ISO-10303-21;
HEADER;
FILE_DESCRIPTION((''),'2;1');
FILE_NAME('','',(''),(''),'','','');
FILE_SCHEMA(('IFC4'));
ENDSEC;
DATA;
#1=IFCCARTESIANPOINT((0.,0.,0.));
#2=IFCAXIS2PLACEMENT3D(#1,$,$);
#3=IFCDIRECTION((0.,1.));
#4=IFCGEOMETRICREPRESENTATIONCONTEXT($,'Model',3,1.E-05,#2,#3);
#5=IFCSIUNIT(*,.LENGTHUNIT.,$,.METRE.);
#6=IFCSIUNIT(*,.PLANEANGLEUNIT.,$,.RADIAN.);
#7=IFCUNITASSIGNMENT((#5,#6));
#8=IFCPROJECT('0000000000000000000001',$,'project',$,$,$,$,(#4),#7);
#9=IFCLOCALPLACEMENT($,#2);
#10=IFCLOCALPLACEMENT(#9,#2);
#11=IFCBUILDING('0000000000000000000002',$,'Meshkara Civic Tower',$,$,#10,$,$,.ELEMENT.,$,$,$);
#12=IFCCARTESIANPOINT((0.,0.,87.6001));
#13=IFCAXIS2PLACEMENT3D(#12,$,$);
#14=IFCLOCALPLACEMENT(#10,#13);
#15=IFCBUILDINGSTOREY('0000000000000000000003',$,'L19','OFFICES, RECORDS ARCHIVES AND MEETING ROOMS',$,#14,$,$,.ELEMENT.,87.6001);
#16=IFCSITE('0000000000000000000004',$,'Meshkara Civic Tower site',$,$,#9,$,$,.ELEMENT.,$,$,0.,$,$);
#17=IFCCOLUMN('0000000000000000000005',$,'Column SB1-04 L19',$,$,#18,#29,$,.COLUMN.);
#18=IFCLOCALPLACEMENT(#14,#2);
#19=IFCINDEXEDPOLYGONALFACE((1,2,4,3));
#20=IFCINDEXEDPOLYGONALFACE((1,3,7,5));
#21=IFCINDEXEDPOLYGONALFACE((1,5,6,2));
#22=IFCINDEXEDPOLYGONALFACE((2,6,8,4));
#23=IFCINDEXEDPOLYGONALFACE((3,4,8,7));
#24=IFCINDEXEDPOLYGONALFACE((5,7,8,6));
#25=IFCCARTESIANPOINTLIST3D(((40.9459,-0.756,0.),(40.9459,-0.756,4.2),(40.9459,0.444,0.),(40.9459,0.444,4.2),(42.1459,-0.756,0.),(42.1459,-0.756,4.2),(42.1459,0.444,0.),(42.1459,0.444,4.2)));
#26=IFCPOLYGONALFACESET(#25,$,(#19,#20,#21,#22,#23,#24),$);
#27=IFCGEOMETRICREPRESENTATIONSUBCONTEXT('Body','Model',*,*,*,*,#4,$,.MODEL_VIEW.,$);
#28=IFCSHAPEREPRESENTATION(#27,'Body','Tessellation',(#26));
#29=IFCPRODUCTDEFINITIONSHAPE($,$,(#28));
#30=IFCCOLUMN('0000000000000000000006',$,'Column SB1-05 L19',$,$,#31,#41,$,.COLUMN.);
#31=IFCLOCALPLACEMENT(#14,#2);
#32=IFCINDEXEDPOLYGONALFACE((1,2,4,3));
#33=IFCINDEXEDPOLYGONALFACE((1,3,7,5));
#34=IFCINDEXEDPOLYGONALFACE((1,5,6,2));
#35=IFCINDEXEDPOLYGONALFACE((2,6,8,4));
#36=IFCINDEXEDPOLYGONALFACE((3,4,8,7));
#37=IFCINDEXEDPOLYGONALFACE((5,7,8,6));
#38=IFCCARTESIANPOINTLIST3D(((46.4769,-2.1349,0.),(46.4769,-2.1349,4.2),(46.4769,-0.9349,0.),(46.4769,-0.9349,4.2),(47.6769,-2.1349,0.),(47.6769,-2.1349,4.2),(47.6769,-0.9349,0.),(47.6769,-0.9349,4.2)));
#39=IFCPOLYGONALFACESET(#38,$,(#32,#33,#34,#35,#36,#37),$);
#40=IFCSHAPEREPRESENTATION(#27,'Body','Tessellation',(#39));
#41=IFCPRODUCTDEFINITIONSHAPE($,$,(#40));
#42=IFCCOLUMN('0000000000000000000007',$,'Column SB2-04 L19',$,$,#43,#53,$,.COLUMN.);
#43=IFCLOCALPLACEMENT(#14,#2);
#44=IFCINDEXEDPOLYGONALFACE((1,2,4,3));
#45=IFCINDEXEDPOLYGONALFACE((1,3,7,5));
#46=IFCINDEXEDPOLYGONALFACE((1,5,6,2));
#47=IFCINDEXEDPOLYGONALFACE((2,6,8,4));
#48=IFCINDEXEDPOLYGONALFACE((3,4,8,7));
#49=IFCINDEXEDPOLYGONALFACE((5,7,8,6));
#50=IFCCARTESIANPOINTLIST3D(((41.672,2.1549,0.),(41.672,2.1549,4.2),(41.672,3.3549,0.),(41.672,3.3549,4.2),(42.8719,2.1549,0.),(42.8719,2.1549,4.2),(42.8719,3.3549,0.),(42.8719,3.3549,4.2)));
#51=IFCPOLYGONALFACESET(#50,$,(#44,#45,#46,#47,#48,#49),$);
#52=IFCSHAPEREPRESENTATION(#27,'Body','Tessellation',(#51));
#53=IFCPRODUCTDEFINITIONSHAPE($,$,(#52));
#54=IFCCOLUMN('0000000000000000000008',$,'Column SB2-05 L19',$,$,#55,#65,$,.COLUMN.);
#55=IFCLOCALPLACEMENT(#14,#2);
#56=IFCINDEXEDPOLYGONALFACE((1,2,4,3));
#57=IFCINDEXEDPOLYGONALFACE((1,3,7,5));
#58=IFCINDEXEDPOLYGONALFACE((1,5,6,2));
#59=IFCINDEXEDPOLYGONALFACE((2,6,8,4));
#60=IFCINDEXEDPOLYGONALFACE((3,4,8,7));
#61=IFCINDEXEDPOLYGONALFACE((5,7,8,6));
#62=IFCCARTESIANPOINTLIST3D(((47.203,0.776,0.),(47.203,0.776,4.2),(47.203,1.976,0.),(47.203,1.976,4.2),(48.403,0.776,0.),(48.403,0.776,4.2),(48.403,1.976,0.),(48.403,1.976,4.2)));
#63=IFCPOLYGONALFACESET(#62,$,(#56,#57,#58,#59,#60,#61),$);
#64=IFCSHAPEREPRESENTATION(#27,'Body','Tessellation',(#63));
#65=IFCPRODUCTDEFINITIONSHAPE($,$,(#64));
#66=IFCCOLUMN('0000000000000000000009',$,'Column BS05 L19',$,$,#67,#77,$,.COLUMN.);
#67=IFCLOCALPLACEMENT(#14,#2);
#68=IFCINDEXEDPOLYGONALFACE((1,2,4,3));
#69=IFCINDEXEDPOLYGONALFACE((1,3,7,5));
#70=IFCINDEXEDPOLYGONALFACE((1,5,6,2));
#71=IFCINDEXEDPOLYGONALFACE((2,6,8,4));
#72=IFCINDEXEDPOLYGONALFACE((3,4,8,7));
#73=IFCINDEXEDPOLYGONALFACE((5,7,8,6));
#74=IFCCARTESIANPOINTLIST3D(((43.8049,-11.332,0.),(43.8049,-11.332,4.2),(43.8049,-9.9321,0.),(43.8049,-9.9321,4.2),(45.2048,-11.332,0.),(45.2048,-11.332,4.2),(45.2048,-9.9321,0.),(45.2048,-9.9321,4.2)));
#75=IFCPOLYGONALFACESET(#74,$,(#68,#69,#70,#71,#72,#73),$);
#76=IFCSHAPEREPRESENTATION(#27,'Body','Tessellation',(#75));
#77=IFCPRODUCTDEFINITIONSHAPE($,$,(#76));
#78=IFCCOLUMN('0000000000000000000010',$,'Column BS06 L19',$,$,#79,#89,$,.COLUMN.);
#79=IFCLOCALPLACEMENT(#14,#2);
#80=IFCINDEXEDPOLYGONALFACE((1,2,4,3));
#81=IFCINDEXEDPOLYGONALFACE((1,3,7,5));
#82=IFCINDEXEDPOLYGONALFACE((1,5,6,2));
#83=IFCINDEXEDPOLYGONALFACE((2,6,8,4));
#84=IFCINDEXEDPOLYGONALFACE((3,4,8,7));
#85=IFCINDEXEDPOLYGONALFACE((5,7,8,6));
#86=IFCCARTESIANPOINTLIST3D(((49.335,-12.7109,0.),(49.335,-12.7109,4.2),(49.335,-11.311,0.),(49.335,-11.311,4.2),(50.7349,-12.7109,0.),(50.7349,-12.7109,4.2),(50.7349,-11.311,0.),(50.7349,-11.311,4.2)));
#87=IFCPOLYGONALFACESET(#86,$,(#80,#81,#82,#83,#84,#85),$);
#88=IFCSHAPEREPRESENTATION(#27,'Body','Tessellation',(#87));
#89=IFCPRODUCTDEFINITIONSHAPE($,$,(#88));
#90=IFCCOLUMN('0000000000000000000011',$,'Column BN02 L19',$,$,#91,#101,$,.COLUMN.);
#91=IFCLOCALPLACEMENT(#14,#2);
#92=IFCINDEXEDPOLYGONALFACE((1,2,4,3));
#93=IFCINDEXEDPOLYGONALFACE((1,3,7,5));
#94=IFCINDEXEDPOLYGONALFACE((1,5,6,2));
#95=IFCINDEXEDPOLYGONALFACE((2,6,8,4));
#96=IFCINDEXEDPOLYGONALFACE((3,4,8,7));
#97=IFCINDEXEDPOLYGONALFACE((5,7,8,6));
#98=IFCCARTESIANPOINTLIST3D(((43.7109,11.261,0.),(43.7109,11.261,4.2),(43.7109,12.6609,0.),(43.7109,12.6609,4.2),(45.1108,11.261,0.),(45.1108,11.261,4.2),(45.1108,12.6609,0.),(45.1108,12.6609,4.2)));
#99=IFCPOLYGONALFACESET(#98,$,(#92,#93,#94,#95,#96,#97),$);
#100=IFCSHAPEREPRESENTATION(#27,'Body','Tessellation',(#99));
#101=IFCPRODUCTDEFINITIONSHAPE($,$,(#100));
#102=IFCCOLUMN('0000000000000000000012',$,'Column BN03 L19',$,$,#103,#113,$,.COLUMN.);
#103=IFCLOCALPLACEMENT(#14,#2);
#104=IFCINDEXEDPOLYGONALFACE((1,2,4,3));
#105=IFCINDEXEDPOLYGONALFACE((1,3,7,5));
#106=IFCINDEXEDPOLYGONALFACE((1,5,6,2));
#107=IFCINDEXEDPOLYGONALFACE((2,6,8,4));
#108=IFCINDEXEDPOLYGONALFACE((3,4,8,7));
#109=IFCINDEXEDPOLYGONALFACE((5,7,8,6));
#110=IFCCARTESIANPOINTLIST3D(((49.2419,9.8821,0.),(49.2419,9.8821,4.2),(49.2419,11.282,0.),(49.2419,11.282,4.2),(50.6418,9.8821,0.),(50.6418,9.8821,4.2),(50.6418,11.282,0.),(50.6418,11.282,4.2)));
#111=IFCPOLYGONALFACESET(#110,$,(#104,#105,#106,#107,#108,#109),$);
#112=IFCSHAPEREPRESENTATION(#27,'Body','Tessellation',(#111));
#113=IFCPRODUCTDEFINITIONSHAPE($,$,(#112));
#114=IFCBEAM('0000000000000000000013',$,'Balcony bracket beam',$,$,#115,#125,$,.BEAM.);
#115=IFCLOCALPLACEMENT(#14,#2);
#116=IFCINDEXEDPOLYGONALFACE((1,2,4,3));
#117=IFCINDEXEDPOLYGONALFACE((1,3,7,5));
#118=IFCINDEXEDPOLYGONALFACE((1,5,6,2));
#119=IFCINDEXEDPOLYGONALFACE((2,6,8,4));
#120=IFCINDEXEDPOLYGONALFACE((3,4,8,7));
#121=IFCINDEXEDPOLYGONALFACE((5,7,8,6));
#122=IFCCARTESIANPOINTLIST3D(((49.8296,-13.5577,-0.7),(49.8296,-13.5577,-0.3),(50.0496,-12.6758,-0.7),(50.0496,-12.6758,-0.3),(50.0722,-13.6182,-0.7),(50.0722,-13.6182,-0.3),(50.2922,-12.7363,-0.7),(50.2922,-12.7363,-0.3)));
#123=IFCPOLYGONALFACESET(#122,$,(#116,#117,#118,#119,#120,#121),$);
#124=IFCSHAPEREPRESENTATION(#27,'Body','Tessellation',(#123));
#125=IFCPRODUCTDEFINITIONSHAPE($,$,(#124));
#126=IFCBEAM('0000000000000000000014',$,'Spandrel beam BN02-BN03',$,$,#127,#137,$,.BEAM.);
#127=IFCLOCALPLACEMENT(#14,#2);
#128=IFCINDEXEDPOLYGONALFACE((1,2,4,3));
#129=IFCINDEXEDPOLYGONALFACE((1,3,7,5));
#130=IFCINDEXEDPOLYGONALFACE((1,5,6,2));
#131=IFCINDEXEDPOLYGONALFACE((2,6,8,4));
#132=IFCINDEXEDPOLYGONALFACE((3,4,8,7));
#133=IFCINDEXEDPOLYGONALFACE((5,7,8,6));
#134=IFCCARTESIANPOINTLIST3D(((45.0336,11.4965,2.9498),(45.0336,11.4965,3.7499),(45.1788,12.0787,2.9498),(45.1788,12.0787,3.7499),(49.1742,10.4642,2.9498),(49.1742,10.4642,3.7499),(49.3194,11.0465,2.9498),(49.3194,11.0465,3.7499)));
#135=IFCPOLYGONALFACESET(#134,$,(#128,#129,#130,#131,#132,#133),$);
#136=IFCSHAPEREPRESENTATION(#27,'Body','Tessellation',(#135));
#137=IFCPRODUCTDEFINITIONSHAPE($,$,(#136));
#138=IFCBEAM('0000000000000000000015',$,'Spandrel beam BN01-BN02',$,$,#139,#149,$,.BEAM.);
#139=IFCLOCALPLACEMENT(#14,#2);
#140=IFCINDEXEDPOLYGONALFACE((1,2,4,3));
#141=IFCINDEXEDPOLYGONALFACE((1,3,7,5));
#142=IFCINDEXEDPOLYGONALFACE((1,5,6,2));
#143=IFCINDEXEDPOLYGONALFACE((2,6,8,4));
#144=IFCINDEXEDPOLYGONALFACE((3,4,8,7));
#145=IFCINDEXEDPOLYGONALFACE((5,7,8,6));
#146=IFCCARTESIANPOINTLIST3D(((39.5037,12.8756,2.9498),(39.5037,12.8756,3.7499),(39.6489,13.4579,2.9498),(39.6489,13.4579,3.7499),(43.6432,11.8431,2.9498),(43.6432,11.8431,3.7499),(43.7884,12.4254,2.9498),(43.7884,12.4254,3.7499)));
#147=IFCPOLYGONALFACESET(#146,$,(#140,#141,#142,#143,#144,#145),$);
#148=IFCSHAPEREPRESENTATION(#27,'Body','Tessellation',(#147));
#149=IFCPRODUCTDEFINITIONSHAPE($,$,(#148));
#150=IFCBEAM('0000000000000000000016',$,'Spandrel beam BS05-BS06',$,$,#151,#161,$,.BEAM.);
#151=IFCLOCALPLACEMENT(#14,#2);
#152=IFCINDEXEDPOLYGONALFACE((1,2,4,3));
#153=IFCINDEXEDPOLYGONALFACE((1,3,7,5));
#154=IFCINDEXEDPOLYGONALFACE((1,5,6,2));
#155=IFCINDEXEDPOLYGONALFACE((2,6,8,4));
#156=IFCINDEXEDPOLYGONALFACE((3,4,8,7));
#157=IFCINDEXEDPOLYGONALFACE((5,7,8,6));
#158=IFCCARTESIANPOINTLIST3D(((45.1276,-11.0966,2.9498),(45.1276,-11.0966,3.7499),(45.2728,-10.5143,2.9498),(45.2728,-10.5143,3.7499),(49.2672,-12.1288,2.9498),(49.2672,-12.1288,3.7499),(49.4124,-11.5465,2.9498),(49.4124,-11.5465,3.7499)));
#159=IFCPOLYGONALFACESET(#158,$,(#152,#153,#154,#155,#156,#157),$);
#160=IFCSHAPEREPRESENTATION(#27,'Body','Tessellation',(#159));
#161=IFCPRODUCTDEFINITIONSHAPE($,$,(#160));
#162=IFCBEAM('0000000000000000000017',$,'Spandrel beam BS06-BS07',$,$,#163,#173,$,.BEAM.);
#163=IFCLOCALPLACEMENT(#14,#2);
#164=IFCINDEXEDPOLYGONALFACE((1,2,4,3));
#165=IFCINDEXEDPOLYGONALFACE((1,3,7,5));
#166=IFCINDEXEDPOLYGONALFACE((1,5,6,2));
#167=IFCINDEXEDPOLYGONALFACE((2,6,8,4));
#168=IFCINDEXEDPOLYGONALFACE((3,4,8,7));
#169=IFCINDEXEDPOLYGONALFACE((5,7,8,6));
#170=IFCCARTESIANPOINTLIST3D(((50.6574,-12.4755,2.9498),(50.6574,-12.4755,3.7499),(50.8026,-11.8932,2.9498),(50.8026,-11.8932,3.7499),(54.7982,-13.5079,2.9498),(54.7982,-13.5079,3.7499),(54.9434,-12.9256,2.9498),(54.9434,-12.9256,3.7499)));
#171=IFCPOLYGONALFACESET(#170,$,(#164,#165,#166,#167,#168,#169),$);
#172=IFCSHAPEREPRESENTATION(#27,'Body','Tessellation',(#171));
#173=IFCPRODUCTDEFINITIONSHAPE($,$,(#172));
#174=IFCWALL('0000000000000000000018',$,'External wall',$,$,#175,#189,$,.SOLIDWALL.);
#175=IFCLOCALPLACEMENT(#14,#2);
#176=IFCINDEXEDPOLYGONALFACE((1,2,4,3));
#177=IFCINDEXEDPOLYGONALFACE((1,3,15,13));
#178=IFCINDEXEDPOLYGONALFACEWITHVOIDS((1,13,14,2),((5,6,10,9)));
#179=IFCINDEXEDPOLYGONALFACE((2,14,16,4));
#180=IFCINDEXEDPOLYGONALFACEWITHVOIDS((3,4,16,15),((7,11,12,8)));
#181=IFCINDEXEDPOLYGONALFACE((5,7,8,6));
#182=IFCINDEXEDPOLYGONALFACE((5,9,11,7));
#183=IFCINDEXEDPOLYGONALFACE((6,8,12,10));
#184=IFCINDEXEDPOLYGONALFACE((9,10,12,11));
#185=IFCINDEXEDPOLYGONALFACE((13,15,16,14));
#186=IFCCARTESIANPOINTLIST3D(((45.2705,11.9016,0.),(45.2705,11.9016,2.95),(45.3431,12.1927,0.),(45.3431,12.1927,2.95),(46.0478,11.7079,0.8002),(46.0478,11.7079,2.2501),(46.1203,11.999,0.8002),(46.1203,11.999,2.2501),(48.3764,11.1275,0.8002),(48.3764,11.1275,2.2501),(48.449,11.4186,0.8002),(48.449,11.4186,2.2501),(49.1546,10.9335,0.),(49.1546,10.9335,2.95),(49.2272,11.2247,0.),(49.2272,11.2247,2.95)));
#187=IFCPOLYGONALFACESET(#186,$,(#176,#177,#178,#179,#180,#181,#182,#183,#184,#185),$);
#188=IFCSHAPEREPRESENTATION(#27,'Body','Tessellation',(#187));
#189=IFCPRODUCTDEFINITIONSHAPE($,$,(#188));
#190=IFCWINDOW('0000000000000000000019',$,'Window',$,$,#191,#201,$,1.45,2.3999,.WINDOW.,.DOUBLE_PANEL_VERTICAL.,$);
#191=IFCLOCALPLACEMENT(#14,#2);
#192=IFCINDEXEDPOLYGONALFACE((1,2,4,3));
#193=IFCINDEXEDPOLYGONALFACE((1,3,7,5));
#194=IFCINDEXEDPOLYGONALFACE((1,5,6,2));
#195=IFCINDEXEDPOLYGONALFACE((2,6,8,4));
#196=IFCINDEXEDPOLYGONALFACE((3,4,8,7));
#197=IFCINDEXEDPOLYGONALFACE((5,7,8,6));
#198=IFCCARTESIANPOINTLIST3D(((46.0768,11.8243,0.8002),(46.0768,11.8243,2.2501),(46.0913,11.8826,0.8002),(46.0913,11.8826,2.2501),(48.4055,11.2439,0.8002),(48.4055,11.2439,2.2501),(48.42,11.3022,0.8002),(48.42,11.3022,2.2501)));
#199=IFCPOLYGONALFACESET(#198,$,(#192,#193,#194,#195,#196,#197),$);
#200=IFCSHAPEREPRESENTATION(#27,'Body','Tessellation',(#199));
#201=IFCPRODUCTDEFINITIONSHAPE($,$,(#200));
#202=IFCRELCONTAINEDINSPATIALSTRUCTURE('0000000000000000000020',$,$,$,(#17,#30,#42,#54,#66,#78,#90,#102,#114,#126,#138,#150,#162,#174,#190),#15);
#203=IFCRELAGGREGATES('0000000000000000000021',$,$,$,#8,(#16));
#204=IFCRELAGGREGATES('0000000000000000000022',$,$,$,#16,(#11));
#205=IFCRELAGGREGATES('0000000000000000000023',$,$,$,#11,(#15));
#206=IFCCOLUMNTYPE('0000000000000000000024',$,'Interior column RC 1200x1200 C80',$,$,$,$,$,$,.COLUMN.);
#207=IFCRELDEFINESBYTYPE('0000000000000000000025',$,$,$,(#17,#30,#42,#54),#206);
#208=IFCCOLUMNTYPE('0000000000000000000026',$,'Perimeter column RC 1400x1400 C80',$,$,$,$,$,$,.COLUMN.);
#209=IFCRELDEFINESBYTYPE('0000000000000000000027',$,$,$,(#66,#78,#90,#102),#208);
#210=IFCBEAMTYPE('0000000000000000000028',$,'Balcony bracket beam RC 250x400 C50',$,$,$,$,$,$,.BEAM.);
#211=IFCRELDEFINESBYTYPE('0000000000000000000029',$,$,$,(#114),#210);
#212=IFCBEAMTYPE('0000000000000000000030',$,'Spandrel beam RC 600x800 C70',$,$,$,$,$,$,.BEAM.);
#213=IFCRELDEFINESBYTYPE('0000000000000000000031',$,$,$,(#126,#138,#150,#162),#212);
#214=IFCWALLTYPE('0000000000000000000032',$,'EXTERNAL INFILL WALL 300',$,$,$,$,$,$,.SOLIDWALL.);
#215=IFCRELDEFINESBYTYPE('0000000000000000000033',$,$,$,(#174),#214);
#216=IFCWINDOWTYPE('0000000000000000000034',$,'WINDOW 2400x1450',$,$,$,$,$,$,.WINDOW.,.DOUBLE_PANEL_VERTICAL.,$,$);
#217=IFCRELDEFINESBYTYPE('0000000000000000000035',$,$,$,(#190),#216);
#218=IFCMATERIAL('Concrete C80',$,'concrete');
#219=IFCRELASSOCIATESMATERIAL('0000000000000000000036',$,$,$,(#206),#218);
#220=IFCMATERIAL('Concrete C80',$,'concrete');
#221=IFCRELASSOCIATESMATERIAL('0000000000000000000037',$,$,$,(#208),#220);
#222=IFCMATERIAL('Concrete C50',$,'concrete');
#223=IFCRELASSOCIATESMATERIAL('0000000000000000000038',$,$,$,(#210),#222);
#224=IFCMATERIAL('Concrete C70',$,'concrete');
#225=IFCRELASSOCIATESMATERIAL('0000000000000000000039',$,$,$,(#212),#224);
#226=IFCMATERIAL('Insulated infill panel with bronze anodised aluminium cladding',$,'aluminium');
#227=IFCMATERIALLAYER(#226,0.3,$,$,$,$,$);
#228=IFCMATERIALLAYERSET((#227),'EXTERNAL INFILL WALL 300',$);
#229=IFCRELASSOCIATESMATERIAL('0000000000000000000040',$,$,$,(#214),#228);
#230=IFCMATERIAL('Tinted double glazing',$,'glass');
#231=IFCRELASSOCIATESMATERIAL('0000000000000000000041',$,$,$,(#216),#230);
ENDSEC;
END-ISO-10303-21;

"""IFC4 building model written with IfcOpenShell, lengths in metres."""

from ifc_helpers import new_model, si_unit, direction, frame, frame_2d, origin, origin_2d, place, context, subcontext, project, spatial, rectangle, extrude, material, layer, layer_set, material_profile, profile_set, type_object, element, fill, save


model = new_model("IFC4")

# Units and contexts
model_context = context("Model", 3, precision=1e-05, world=origin(), true_north=direction((0.0, 1.0)))
body_context = subcontext(model_context, "Body", "Model", "MODEL_VIEW")
ifc_project = project(units=[si_unit("LENGTHUNIT", "METRE"), si_unit("PLANEANGLEUNIT", "RADIAN")], contexts=[model_context])

# Site, building, storey
site_placement = place(None, origin())
site = spatial("IfcSite", under=ifc_project, at=site_placement, Name="Meshkara Civic Tower site", CompositionType="ELEMENT", RefElevation=0.0)
building_placement = place(site_placement, origin())
building = spatial("IfcBuilding", under=site, at=building_placement, Name="Meshkara Civic Tower", CompositionType="ELEMENT")
storey_placement = place(building_placement, frame((0.0, 0.0, 87.6001)))
storey = spatial("IfcBuildingStorey", under=building, at=storey_placement, Name="L19", Description="OFFICES, RECORDS ARCHIVES AND MEETING ROOMS", CompositionType="ELEMENT", Elevation=87.6001)

# Columns
ifc_material_1 = material(Name="Concrete C80", Category="concrete")
ifc_material_profile_1 = material_profile(ifc_material_1, rectangle(XDim=1.2, YDim=1.2, at=origin_2d()))
ifc_profile_set_1 = profile_set([ifc_material_profile_1], Name="Concrete C80")
column_type_1 = type_object("IfcColumnType", Name="Interior column RC 1200x1200 C80", PredefinedType="COLUMN", material=ifc_profile_set_1)
for number, where, z_axis, x_axis, name in (
    (1, (41.5459, -0.156, 0.0), (0.0, 0.0, 1.0), (1.0, 0.0, 0.0), "Column SB1-04 L19"),
    (2, (47.0769, -1.5349, 0.0), (0.0, 0.0, 1.0), (1.0, 0.0, 0.0), "Column SB1-05 L19"),
    (3, (42.272, 2.7549, 0.0), (0.0, 0.0, 1.0), (1.0, 0.0, 0.0), "Column SB2-04 L19"),
    (4, (47.803, 1.376, 0.0), (0.0, 0.0, 1.0), (1.0, 0.0, 0.0), "Column SB2-05 L19"),
):
    element("IfcColumn", number, at=place(storey_placement, frame(where, z_axis=z_axis, x_axis=x_axis)), inside=storey, type_object=column_type_1, Name=name, PredefinedType="COLUMN", context=body_context, shape_type="SweptSolid", body=[
        extrude(rectangle(XDim=1.2, YDim=1.2, at=origin_2d()), origin(), (0.0, 0.0, 1.0), 4.2),
    ])
ifc_material_2 = material(Name="Concrete C80", Category="concrete")
ifc_material_profile_2 = material_profile(ifc_material_2, rectangle(XDim=1.3999, YDim=1.3999, at=origin_2d()))
ifc_profile_set_2 = profile_set([ifc_material_profile_2], Name="Concrete C80")
column_type_2 = type_object("IfcColumnType", Name="Perimeter column RC 1400x1400 C80", PredefinedType="COLUMN", material=ifc_profile_set_2)
for number, where, z_axis, x_axis, name in (
    (5, (44.5049, -10.6321, 0.0), (0.0, 0.0, 1.0), (1.0, 0.0, 0.0), "Column BS05 L19"),
    (6, (50.0349, -12.011, 0.0), (0.0, 0.0, 1.0), (1.0, 0.0, 0.0), "Column BS06 L19"),
    (7, (44.4109, 11.9609, 0.0), (0.0, 0.0, 1.0), (1.0, 0.0, 0.0), "Column BN02 L19"),
    (8, (49.9419, 10.582, 0.0), (0.0, 0.0, 1.0), (1.0, 0.0, 0.0), "Column BN03 L19"),
):
    element("IfcColumn", number, at=place(storey_placement, frame(where, z_axis=z_axis, x_axis=x_axis)), inside=storey, type_object=column_type_2, Name=name, PredefinedType="COLUMN", context=body_context, shape_type="SweptSolid", body=[
        extrude(rectangle(XDim=1.3999, YDim=1.3999, at=origin_2d()), origin(), (0.0, 0.0, 1.0), 4.2),
    ])

# Beams
ifc_material_3 = material(Name="Concrete C50", Category="concrete")
ifc_material_profile_3 = material_profile(ifc_material_3, rectangle(XDim=0.25, YDim=0.3999, at=origin_2d()))
ifc_profile_set_3 = profile_set([ifc_material_profile_3], Name="Concrete C50")
beam_type_1 = type_object("IfcBeamType", Name="Balcony bracket beam RC 250x400 C50", PredefinedType="BEAM", material=ifc_profile_set_3)
beam_1_placement = place(storey_placement, frame((50.1709, -12.7061, -0.5), z_axis=(-0.24203, -0.970269, 0.0), x_axis=(0.970269, -0.24203, 0.0)))
element("IfcBeam", 9, at=beam_1_placement, inside=storey, type_object=beam_type_1, Name="Balcony bracket beam", PredefinedType="BEAM", context=body_context, shape_type="SweptSolid", body=[
    extrude(rectangle(XDim=0.25, YDim=0.3999, at=origin_2d()), origin(), (0.0, 0.0, 1.0), 0.9089),
])
ifc_material_4 = material(Name="Concrete C70", Category="concrete")
ifc_material_profile_4 = material_profile(ifc_material_4, rectangle(XDim=0.6001, YDim=0.8, at=origin_2d()))
ifc_profile_set_4 = profile_set([ifc_material_profile_4], Name="Concrete C70")
beam_type_2 = type_object("IfcBeamType", Name="Spandrel beam RC 600x800 C70", PredefinedType="BEAM", material=ifc_profile_set_4)
beam_2_placement = place(storey_placement, frame((49.2468, 10.7554, 3.3499), z_axis=(-0.970304, 0.241889, 0.0), x_axis=(-0.241889, -0.970304, 0.0)))
element("IfcBeam", 10, at=beam_2_placement, inside=storey, type_object=beam_type_2, Name="Spandrel beam BN02-BN03", PredefinedType="BEAM", context=body_context, shape_type="SweptSolid", body=[
    extrude(rectangle(XDim=0.6001, YDim=0.8, at=origin_2d()), origin(), (0.0, 0.0, 1.0), 4.2673),
])
for number, where, z_axis, x_axis, name in (
    (11, (43.7158, 12.1343, 3.3499), (-0.970277, 0.241997, 0.0), (-0.241997, -0.970277, 0.0), "Spandrel beam BN01-BN02"),
    (12, (45.2002, -10.8054, 3.3499), (0.97029, -0.241943, 0.0), (0.241943, 0.97029, 0.0), "Spandrel beam BS05-BS06"),
):
    element("IfcBeam", number, at=place(storey_placement, frame(where, z_axis=z_axis, x_axis=x_axis)), inside=storey, type_object=beam_type_2, Name=name, PredefinedType="BEAM", context=body_context, shape_type="SweptSolid", body=[
        extrude(rectangle(XDim=0.6001, YDim=0.8, at=origin_2d()), origin(), (0.0, 0.0, 1.0), 4.2664),
    ])
beam_3_placement = place(storey_placement, frame((50.73, -12.1843, 3.3499), z_axis=(0.970294, -0.24193, 0.0), x_axis=(0.24193, 0.970294, 0.0)))
element("IfcBeam", 13, at=beam_3_placement, inside=storey, type_object=beam_type_2, Name="Spandrel beam BS06-BS07", PredefinedType="BEAM", context=body_context, shape_type="SweptSolid", body=[
    extrude(rectangle(XDim=0.6001, YDim=0.8, at=origin_2d()), origin(), (0.0, 0.0, 1.0), 4.2676),
])

# Wall, opening, window
ifc_material_5 = material(Name="Insulated infill panel with bronze anodised aluminium cladding", Category="aluminium")
ifc_layer_1 = layer(ifc_material_5, 0.3)
ifc_layer_set_1 = layer_set([ifc_layer_1], Name="EXTERNAL INFILL WALL 300")
wall_type_1 = type_object("IfcWallType", Name="EXTERNAL INFILL WALL 300", PredefinedType="SOLIDWALL", material=ifc_layer_set_1)
wall_1_placement = place(storey_placement, frame((49.1909, 11.0791, 0.0), z_axis=(0.0, 0.0, 1.0), x_axis=(-0.970318, 0.241832, 0.0)))
wall_1 = element("IfcWall", 14, at=wall_1_placement, inside=storey, type_object=wall_type_1, Name="External wall", PredefinedType="SOLIDWALL", context=body_context, shape_type="SweptSolid", body=[
    extrude(rectangle(XDim=4.0029, YDim=0.3, at=frame_2d((2.0015, 0.0))), origin(), (0.0, 0.0, 1.0), 2.95),
])
opening_1_placement = place(wall_1_placement, frame((0.802, 0.0, 0.8)))
opening_1 = element("IfcOpeningElement", 15, at=opening_1_placement, cuts=wall_1, PredefinedType="OPENING", context=body_context, shape_type="SweptSolid", body=[
    extrude(rectangle(XDim=2.3999, YDim=1.45, at=frame_2d((1.2, 0.7251))), frame((0.0, 0.1599, 0.0), z_axis=(0.0, -1.0, 0.0), x_axis=(1.0, 0.0, 0.0)), (0.0, 0.0, 1.0), 0.3201),
])
ifc_material_6 = material(Name="Tinted double glazing", Category="glass")
window_type = type_object("IfcWindowType", Name="WINDOW 2400x1450", PartitioningType="DOUBLE_PANEL_VERTICAL", PredefinedType="WINDOW", material=ifc_material_6)
window_1_placement = place(opening_1_placement, origin())
window_1 = element("IfcWindow", 16, at=window_1_placement, inside=storey, type_object=window_type, Name="Window", OverallHeight=1.45, OverallWidth=2.3999, PartitioningType="DOUBLE_PANEL_VERTICAL", PredefinedType="WINDOW", context=body_context, shape_type="SweptSolid", body=[
    extrude(rectangle(XDim=2.3999, YDim=1.45, at=frame_2d((1.2, 0.7251))), frame((0.0, 0.03, 0.0), z_axis=(0.0, -1.0, 0.0), x_axis=(1.0, 0.0, 0.0)), (0.0, 0.0, 1.0), 0.0601),
])
fill(opening_1, window_1)

save(model, "model.ifc")
